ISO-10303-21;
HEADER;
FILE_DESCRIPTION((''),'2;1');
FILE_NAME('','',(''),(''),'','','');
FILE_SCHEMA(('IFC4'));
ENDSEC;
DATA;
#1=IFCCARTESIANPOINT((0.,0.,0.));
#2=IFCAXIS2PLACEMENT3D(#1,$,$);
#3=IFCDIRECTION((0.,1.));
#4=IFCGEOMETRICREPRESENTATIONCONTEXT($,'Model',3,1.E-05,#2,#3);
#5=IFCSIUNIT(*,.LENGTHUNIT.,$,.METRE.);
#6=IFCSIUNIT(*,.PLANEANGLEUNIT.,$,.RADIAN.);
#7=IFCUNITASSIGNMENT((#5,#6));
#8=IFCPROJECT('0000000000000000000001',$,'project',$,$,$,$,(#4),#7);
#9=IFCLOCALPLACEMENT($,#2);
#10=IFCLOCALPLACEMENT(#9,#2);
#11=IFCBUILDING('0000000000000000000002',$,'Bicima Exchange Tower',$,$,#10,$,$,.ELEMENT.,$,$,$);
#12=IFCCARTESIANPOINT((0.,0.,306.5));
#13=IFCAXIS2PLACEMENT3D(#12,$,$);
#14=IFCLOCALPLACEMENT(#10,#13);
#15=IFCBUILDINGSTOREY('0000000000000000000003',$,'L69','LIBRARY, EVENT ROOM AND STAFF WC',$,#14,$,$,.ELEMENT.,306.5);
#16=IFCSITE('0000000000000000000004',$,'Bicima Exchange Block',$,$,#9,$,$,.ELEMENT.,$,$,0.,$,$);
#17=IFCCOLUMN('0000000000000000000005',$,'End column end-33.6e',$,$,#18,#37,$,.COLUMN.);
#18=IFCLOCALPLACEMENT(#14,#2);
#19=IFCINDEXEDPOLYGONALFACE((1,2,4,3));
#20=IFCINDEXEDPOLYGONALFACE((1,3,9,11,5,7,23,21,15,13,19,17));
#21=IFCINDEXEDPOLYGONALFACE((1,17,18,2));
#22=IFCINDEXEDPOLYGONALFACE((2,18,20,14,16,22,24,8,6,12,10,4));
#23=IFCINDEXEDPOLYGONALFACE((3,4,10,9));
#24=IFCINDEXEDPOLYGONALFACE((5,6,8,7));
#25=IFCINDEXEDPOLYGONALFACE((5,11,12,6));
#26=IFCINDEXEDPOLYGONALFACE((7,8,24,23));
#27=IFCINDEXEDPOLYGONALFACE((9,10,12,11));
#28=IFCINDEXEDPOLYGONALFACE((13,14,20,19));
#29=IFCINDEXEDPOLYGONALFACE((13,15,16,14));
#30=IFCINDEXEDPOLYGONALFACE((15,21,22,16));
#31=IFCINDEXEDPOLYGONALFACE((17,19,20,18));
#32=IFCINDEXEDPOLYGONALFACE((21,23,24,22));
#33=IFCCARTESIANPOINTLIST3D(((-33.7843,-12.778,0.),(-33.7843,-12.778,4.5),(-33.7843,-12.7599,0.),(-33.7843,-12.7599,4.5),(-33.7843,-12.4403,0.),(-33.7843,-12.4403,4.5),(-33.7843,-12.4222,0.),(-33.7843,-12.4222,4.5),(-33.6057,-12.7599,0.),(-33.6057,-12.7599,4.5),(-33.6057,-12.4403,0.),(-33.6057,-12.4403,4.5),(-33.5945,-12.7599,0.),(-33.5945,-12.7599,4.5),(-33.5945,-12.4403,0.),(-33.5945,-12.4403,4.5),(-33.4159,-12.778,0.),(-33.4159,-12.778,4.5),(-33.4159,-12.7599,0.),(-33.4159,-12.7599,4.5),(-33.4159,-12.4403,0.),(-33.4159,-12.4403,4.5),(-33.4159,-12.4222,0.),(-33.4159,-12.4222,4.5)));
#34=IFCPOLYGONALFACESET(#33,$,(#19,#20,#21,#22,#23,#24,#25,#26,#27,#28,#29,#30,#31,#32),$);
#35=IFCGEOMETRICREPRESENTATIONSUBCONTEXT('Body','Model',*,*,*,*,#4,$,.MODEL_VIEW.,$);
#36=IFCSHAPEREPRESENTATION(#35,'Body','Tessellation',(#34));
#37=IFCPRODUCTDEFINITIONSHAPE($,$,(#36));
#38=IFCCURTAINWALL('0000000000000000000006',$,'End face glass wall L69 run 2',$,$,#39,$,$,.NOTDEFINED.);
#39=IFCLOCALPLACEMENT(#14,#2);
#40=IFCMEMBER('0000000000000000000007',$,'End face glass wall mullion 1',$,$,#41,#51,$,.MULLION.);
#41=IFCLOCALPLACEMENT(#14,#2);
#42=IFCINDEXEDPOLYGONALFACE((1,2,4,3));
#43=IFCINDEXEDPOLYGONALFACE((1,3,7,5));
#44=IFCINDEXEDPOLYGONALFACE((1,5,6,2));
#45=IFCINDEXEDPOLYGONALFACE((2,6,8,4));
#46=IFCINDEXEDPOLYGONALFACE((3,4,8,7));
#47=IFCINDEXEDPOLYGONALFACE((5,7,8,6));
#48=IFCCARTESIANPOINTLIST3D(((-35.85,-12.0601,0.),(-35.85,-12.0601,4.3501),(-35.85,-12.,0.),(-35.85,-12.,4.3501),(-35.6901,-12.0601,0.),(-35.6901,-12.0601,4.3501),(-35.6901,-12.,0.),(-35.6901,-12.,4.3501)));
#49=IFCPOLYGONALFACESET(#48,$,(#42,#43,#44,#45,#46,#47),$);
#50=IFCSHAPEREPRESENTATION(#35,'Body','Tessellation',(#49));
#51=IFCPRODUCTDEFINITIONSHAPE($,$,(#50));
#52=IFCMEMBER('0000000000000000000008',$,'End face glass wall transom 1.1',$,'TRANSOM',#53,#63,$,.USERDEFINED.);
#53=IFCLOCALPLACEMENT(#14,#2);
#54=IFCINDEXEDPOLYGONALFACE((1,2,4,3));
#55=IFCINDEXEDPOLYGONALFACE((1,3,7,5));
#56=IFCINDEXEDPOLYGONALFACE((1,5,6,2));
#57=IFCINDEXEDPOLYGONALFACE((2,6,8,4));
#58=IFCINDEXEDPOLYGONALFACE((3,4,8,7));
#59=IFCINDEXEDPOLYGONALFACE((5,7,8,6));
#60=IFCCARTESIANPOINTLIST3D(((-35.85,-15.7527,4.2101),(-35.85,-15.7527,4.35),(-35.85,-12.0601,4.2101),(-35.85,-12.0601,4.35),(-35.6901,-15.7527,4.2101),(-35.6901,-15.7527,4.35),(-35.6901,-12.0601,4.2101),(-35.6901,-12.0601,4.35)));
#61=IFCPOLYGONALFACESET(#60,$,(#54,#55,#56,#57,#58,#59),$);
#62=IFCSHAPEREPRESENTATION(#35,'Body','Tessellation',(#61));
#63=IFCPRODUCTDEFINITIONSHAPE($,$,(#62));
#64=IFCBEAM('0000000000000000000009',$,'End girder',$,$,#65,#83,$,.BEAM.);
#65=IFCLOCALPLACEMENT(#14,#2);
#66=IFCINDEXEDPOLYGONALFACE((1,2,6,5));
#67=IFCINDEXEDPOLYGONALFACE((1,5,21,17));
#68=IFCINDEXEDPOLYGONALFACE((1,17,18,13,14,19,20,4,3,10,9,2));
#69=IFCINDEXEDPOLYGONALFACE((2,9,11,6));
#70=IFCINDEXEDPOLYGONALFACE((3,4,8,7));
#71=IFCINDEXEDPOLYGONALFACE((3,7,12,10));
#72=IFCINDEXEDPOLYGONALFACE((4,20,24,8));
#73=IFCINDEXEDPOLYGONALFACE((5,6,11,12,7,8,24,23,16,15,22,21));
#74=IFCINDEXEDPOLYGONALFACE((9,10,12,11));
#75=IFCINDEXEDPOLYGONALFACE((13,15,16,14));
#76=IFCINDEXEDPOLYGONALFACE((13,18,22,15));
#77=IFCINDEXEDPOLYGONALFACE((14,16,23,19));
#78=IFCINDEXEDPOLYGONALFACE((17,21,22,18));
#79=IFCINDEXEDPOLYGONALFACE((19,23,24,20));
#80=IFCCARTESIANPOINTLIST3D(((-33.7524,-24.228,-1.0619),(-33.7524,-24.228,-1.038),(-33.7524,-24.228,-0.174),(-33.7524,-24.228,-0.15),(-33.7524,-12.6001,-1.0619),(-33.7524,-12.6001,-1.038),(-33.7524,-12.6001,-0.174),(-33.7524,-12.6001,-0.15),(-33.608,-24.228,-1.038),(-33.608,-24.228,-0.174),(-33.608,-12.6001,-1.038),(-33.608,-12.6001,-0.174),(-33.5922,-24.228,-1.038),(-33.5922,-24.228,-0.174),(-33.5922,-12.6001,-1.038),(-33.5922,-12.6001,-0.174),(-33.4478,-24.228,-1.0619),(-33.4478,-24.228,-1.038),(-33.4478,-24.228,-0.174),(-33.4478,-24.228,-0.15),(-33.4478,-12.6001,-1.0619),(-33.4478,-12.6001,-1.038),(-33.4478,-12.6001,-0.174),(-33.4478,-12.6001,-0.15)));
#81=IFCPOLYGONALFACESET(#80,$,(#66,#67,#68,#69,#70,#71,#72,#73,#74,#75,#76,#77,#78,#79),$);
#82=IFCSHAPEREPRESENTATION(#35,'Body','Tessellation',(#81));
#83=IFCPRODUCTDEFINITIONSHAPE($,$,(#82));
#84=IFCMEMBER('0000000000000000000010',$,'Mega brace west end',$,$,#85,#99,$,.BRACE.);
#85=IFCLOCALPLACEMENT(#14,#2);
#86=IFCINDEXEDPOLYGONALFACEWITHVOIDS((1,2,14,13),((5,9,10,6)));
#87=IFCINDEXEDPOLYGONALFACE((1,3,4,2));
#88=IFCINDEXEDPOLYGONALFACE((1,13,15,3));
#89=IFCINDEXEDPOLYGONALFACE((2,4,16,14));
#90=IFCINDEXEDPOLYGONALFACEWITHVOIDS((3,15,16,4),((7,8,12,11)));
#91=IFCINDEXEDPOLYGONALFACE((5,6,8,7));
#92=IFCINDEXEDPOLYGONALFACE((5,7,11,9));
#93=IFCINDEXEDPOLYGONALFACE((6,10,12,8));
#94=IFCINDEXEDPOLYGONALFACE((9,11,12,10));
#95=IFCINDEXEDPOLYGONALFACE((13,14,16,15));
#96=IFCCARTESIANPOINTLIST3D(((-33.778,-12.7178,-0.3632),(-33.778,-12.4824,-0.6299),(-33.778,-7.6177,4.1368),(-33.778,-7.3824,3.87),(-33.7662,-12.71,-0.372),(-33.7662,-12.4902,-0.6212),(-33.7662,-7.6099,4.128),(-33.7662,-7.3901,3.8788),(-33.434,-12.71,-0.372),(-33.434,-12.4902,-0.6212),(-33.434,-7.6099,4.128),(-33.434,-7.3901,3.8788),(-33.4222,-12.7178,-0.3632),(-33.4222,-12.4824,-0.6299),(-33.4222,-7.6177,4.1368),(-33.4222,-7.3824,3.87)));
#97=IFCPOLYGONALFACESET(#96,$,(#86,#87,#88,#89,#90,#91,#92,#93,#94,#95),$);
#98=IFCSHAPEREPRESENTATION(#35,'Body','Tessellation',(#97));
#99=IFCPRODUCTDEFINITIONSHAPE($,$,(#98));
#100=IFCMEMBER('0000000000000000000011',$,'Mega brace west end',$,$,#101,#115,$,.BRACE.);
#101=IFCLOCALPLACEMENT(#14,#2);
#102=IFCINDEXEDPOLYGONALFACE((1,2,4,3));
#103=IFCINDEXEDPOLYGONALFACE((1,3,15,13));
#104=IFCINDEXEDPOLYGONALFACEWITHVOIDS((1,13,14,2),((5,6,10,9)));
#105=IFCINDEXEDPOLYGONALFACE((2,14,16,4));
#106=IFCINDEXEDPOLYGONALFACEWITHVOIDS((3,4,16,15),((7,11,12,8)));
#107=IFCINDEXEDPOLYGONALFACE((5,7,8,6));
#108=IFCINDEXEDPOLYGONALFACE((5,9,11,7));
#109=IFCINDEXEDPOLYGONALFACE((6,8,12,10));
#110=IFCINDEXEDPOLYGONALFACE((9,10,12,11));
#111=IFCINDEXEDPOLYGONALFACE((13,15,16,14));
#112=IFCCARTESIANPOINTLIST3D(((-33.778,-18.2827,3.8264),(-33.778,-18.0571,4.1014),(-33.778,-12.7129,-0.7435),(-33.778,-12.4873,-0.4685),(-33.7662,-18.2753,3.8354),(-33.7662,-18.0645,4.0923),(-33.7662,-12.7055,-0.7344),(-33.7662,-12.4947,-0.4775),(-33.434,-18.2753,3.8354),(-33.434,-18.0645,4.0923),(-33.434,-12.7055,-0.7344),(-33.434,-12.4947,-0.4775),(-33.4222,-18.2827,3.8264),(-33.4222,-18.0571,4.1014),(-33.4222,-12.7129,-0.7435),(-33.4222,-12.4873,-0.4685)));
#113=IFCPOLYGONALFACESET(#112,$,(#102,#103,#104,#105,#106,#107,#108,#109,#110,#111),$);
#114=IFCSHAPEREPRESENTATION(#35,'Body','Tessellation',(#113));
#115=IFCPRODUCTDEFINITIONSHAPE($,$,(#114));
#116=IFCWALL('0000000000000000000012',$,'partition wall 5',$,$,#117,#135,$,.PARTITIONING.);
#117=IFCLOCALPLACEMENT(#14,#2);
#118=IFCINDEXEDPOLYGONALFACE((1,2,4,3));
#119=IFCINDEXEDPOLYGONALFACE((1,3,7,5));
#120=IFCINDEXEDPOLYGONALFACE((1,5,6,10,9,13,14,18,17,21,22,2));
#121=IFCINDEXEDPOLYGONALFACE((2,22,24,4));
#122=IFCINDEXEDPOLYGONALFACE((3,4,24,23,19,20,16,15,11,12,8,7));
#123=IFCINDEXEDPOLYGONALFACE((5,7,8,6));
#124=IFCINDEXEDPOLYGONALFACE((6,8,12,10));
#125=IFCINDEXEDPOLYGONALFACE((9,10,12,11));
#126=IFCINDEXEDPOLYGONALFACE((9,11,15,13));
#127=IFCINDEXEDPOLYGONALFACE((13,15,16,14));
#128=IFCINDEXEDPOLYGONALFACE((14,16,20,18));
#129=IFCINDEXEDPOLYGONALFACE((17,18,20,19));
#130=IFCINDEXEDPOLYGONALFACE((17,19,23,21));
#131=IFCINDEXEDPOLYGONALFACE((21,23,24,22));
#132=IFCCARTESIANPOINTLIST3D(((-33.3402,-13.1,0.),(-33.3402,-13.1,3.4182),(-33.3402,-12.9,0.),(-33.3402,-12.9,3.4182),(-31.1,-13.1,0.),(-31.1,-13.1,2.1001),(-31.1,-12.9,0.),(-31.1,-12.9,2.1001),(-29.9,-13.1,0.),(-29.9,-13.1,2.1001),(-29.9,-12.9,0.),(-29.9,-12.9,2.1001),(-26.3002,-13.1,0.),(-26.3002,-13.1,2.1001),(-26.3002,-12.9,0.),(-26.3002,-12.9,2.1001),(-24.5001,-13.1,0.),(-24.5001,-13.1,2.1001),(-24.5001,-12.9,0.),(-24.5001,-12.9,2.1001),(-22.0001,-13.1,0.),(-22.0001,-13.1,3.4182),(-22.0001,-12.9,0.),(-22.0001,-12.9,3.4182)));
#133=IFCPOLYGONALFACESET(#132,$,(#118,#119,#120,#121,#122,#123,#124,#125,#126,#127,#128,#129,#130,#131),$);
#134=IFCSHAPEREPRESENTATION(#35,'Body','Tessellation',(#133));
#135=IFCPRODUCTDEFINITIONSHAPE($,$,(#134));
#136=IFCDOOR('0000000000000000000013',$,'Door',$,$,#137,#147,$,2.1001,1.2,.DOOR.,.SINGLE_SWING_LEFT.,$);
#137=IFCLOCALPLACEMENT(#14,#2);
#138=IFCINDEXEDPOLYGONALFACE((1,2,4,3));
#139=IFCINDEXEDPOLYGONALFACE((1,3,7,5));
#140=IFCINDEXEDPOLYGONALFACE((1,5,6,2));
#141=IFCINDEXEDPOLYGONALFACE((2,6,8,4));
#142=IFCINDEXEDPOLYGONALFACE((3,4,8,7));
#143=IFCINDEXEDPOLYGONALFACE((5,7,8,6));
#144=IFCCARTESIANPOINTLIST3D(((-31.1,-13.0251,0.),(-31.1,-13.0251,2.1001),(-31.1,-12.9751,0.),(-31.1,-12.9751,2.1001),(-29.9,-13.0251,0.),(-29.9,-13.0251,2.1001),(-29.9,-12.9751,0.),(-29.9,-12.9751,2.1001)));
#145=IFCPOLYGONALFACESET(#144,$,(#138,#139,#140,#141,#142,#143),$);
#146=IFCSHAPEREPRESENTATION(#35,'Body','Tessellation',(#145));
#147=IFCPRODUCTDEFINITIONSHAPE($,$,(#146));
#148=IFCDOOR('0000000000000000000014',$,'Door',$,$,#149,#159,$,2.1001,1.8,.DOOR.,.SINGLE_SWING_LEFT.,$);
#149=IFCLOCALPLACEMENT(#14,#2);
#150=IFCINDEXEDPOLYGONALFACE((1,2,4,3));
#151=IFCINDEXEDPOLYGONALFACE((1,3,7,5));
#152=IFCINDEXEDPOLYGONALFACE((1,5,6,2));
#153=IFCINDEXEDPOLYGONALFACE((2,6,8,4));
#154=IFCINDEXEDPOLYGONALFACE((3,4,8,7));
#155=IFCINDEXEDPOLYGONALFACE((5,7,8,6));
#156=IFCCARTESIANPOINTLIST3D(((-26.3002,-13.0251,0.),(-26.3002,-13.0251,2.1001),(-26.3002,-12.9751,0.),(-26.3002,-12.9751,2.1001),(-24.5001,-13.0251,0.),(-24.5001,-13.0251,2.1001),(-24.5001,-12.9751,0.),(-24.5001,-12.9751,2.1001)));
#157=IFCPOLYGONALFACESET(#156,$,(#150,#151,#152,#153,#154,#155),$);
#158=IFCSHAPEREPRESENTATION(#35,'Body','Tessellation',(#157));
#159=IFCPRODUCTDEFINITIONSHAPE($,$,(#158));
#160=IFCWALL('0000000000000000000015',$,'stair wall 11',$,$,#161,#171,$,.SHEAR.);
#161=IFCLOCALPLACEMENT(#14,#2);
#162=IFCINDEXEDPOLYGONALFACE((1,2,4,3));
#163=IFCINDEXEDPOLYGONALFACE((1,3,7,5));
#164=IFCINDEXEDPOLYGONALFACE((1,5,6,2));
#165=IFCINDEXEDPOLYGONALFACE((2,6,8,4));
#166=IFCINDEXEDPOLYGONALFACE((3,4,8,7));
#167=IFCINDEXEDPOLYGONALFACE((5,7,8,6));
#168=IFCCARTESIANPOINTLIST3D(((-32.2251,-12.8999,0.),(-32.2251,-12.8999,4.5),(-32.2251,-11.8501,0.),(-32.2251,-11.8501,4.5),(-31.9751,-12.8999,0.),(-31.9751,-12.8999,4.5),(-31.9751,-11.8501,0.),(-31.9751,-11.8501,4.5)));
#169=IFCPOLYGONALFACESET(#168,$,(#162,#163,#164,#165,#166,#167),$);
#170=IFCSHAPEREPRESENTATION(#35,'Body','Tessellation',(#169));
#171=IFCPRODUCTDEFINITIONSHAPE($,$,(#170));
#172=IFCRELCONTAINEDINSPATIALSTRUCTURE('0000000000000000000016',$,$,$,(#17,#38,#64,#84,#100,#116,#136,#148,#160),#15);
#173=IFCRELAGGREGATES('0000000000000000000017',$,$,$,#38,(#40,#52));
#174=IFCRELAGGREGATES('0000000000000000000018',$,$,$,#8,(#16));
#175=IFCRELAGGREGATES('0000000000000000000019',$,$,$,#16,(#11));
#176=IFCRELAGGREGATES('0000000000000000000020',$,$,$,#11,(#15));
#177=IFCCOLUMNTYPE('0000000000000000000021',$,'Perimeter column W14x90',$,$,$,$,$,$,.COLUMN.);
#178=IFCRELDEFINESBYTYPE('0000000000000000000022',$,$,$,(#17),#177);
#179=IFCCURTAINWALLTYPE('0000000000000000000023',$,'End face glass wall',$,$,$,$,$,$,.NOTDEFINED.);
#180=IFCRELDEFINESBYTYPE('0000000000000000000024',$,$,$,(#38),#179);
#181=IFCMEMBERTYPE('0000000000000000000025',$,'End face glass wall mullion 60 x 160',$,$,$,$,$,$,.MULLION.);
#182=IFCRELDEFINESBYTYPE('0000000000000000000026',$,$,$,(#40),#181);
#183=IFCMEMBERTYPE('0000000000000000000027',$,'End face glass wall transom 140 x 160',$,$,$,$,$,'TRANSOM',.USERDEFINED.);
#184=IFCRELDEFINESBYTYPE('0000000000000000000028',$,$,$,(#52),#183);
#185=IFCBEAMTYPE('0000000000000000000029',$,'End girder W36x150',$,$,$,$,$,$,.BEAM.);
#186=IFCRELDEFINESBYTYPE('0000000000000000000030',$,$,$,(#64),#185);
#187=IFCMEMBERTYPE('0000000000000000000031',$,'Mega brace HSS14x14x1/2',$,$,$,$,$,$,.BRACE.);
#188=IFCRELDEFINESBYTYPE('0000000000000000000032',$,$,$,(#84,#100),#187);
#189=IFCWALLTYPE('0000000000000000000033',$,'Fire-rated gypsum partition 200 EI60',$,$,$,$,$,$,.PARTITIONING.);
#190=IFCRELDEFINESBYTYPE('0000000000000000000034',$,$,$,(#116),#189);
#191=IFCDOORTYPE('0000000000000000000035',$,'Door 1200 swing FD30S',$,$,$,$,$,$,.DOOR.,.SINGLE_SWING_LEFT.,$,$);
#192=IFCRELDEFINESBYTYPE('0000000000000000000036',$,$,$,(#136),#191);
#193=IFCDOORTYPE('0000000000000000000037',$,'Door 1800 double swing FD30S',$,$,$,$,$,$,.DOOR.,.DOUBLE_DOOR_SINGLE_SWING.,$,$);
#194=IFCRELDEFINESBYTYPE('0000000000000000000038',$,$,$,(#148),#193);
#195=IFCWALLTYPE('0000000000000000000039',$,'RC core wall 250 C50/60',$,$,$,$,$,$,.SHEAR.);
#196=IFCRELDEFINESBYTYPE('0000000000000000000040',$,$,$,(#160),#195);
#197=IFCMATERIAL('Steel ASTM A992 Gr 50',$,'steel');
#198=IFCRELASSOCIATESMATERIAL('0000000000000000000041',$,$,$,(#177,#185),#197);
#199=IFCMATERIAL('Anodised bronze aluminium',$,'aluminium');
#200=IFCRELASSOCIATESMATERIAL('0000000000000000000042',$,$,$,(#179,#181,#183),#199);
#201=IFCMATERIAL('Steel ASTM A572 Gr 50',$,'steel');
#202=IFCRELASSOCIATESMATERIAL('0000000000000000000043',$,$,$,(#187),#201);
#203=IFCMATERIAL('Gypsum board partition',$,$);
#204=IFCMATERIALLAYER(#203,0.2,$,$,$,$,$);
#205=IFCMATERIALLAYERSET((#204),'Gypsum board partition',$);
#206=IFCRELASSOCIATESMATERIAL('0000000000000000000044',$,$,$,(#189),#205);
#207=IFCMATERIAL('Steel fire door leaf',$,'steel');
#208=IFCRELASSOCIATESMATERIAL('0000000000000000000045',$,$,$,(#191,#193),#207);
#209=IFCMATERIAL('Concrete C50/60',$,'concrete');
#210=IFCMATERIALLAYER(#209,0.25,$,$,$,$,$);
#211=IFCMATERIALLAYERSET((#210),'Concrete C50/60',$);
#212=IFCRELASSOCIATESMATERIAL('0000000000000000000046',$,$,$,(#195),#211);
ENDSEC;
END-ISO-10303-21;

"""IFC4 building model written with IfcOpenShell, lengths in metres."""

from ifc_helpers import new_model, si_unit, direction, frame, frame_2d, origin, origin_2d, place, context, subcontext, project, spatial, rectangle, hollow_rectangle, i_section, extrude, material, layer, layer_set, material_profile, profile_set, type_object, element, fill, aggregate, save


model = new_model("IFC4")

# Units and contexts
model_context = context("Model", 3, precision=1e-05, world=origin(), true_north=direction((0.0, 1.0)))
body_context = subcontext(model_context, "Body", "Model", "MODEL_VIEW")
ifc_project = project(units=[si_unit("LENGTHUNIT", "METRE"), si_unit("PLANEANGLEUNIT", "RADIAN")], contexts=[model_context])

# Site, building, storey
site_placement = place(None, origin())
site = spatial("IfcSite", under=ifc_project, at=site_placement, Name="Bicima Exchange Block", CompositionType="ELEMENT", RefElevation=0.0)
building_placement = place(site_placement, origin())
building = spatial("IfcBuilding", under=site, at=building_placement, Name="Bicima Exchange Tower", CompositionType="ELEMENT")
storey_placement = place(building_placement, frame((0.0, 0.0, 306.5)))
storey = spatial("IfcBuildingStorey", under=building, at=storey_placement, Name="L69", Description="LIBRARY, EVENT ROOM AND STAFF WC", CompositionType="ELEMENT", Elevation=306.5)

# Column
ifc_material_1 = material(Name="Steel ASTM A992 Gr 50", Category="steel")
ifc_material_profile_1 = material_profile(ifc_material_1, i_section(OverallWidth=0.3684, OverallDepth=0.3557, WebThickness=0.0112, FlangeThickness=0.0181, at=origin_2d()))
ifc_profile_set_1 = profile_set([ifc_material_profile_1], Name="Steel ASTM A992 Gr 50")
column_type = type_object("IfcColumnType", Name="Perimeter column W14x90", PredefinedType="COLUMN", material=ifc_profile_set_1)
column_placement = place(storey_placement, frame((-33.6001, -12.6001, 0.0), z_axis=(0.0, 0.0, 1.0), x_axis=(1.0, 0.0, 0.0)))
element("IfcColumn", 1, at=column_placement, inside=storey, type_object=column_type, Name="End column end-33.6e", PredefinedType="COLUMN", context=body_context, shape_type="SweptSolid", body=[
    extrude(i_section(OverallWidth=0.3684, OverallDepth=0.3557, WebThickness=0.0112, FlangeThickness=0.0181, at=origin_2d()), origin(), (0.0, 0.0, 1.0), 4.5),
])

# Curtain wall, members
ifc_material_2 = material(Name="Anodised bronze aluminium", Category="aluminium")
curtain_wall_type = type_object("IfcCurtainWallType", Name="End face glass wall", PredefinedType="NOTDEFINED", material=ifc_material_2)
curtain_wall_placement = place(storey_placement, origin())
curtain_wall = element("IfcCurtainWall", 2, at=curtain_wall_placement, inside=storey, type_object=curtain_wall_type, Name="End face glass wall L69 run 2", PredefinedType="NOTDEFINED")
ifc_material_profile_2 = material_profile(ifc_material_2, rectangle(XDim=0.1599, YDim=0.0601, at=origin_2d()))
ifc_profile_set_2 = profile_set([ifc_material_profile_2], Name="Anodised bronze aluminium")
member_type_1 = type_object("IfcMemberType", Name="End face glass wall mullion 60 x 160", PredefinedType="MULLION", material=ifc_profile_set_2)
member_1_placement = place(storey_placement, frame((-35.77, -12.03, 0.0), z_axis=(0.0, 0.0, 1.0), x_axis=(1.0, 0.0, 0.0)))
member_1 = element("IfcMember", 3, at=member_1_placement, type_object=member_type_1, Name="End face glass wall mullion 1", PredefinedType="MULLION", context=body_context, shape_type="SweptSolid", body=[
    extrude(rectangle(XDim=0.1599, YDim=0.0601, at=origin_2d()), origin(), (0.0, 0.0, 1.0), 4.3501),
])
ifc_material_profile_3 = material_profile(ifc_material_2, rectangle(XDim=0.1599, YDim=0.1399, at=origin_2d()))
ifc_profile_set_3 = profile_set([ifc_material_profile_3], Name="Anodised bronze aluminium")
member_type_2 = type_object("IfcMemberType", Name="End face glass wall transom 140 x 160", ElementType="TRANSOM", PredefinedType="USERDEFINED", material=ifc_profile_set_3)
member_2_placement = place(storey_placement, frame((-35.77, -12.0601, 4.28), z_axis=(0.0, -1.0, 0.0), x_axis=(1.0, 0.0, 0.0)))
member_2 = element("IfcMember", 4, at=member_2_placement, type_object=member_type_2, Name="End face glass wall transom 1.1", ObjectType="TRANSOM", PredefinedType="USERDEFINED", context=body_context, shape_type="SweptSolid", body=[
    extrude(rectangle(XDim=0.1599, YDim=0.1399, at=origin_2d()), origin(), (0.0, 0.0, 1.0), 3.6926),
])
aggregate(curtain_wall, [member_1, member_2])

# Beam
ifc_material_profile_4 = material_profile(ifc_material_1, i_section(OverallWidth=0.3047, OverallDepth=0.9119, WebThickness=0.0159, FlangeThickness=0.0239, at=origin_2d()))
ifc_profile_set_4 = profile_set([ifc_material_profile_4], Name="Steel ASTM A992 Gr 50")
beam_type = type_object("IfcBeamType", Name="End girder W36x150", PredefinedType="BEAM", material=ifc_profile_set_4)
beam_placement = place(storey_placement, frame((-33.6001, -12.6001, -0.606), z_axis=(0.0, -1.0, 0.0), x_axis=(1.0, 0.0, 0.0)))
element("IfcBeam", 5, at=beam_placement, inside=storey, type_object=beam_type, Name="End girder", PredefinedType="BEAM", context=body_context, shape_type="SweptSolid", body=[
    extrude(i_section(OverallWidth=0.3047, OverallDepth=0.9119, WebThickness=0.0159, FlangeThickness=0.0239, at=origin_2d()), origin(), (0.0, 0.0, 1.0), 11.6279),
])

# Members
ifc_material_3 = material(Name="Steel ASTM A572 Gr 50", Category="steel")
ifc_material_profile_5 = material_profile(ifc_material_3, hollow_rectangle(XDim=0.3557, YDim=0.3557, WallThickness=0.0117, at=origin_2d()))
ifc_profile_set_5 = profile_set([ifc_material_profile_5], Name="Steel ASTM A572 Gr 50")
member_type_3 = type_object("IfcMemberType", Name="Mega brace HSS14x14x1/2", PredefinedType="BRACE", material=ifc_profile_set_5)
member_3_placement = place(storey_placement, frame((-33.6001, -12.6001, -0.4966), z_axis=(0.0, 0.749844, 0.661615), x_axis=(-1.0, 0.0, 0.0)))
element("IfcMember", 6, at=member_3_placement, inside=storey, type_object=member_type_3, Name="Mega brace west end", PredefinedType="BRACE", context=body_context, shape_type="SweptSolid", body=[
    extrude(hollow_rectangle(XDim=0.3557, YDim=0.3557, WallThickness=0.0117, at=origin_2d()), origin(), (0.0, 0.0, 1.0), 6.8015),
])
member_4_placement = place(storey_placement, frame((-33.6001, -12.6001, -0.606), z_axis=(0.0, -0.773093, 0.634293), x_axis=(1.0, 0.0, 0.0)))
element("IfcMember", 7, at=member_4_placement, inside=storey, type_object=member_type_3, Name="Mega brace west end", PredefinedType="BRACE", context=body_context, shape_type="SweptSolid", body=[
    extrude(hollow_rectangle(XDim=0.3557, YDim=0.3557, WallThickness=0.0117, at=origin_2d()), origin(), (0.0, 0.0, 1.0), 7.2046),
])

# Wall, openings, doors
ifc_material_4 = material(Name="Gypsum board partition")
ifc_layer_1 = layer(ifc_material_4, 0.2)
ifc_layer_set_1 = layer_set([ifc_layer_1], Name="Gypsum board partition")
wall_type_1 = type_object("IfcWallType", Name="Fire-rated gypsum partition 200 EI60", PredefinedType="PARTITIONING", material=ifc_layer_set_1)
wall_1_placement = place(storey_placement, frame((-33.3401, -13.0, 0.0), z_axis=(0.0, 0.0, 1.0), x_axis=(1.0, 0.0, 0.0)))
wall_1 = element("IfcWall", 8, at=wall_1_placement, inside=storey, type_object=wall_type_1, Name="partition wall 5", PredefinedType="PARTITIONING", context=body_context, shape_type="SweptSolid", body=[
    extrude(rectangle(XDim=11.3401, YDim=0.2, at=frame_2d((5.6699, 0.0))), origin(), (0.0, 0.0, 1.0), 3.4182),
])
opening_1_placement = place(wall_1_placement, frame((2.24, 0.0, 0.0)))
opening_1 = element("IfcOpeningElement", 9, at=opening_1_placement, cuts=wall_1, PredefinedType="OPENING", context=body_context, shape_type="SweptSolid", body=[
    extrude(rectangle(XDim=1.2, YDim=2.1001, at=frame_2d((0.6001, 1.05))), frame((0.0, 0.1118, 0.0), z_axis=(0.0, -1.0, 0.0), x_axis=(1.0, 0.0, 0.0)), (0.0, 0.0, 1.0), 0.2239),
])
opening_2_placement = place(wall_1_placement, frame((7.04, 0.0, 0.0)))
opening_2 = element("IfcOpeningElement", 10, at=opening_2_placement, cuts=wall_1, PredefinedType="OPENING", context=body_context, shape_type="SweptSolid", body=[
    extrude(rectangle(XDim=1.8, YDim=2.1001, at=frame_2d((0.8999, 1.05))), frame((0.0, 0.1118, 0.0), z_axis=(0.0, -1.0, 0.0), x_axis=(1.0, 0.0, 0.0)), (0.0, 0.0, 1.0), 0.2239),
])
ifc_material_5 = material(Name="Steel fire door leaf", Category="steel")
door_type_1 = type_object("IfcDoorType", Name="Door 1200 swing FD30S", OperationType="SINGLE_SWING_LEFT", PredefinedType="DOOR", material=ifc_material_5)
door_1_placement = place(opening_1_placement, origin())
door_1 = element("IfcDoor", 11, at=door_1_placement, inside=storey, type_object=door_type_1, Name="Door", OperationType="SINGLE_SWING_LEFT", OverallHeight=2.1001, OverallWidth=1.2, PredefinedType="DOOR", context=body_context, shape_type="SweptSolid", body=[
    extrude(rectangle(XDim=1.2, YDim=2.1001, at=frame_2d((0.6001, 1.05))), frame((0.0, 0.0249, 0.0), z_axis=(0.0, -1.0, 0.0), x_axis=(1.0, 0.0, 0.0)), (0.0, 0.0, 1.0), 0.05),
])
fill(opening_1, door_1)
door_type_2 = type_object("IfcDoorType", Name="Door 1800 double swing FD30S", OperationType="DOUBLE_DOOR_SINGLE_SWING", PredefinedType="DOOR", material=ifc_material_5)
door_2_placement = place(opening_2_placement, origin())
door_2 = element("IfcDoor", 12, at=door_2_placement, inside=storey, type_object=door_type_2, Name="Door", OperationType="SINGLE_SWING_LEFT", OverallHeight=2.1001, OverallWidth=1.8, PredefinedType="DOOR", context=body_context, shape_type="SweptSolid", body=[
    extrude(rectangle(XDim=1.8, YDim=2.1001, at=frame_2d((0.8999, 1.05))), frame((0.0, 0.0249, 0.0), z_axis=(0.0, -1.0, 0.0), x_axis=(1.0, 0.0, 0.0)), (0.0, 0.0, 1.0), 0.05),
])
fill(opening_2, door_2)

# Wall
ifc_material_6 = material(Name="Concrete C50/60", Category="concrete")
ifc_layer_2 = layer(ifc_material_6, 0.25)
ifc_layer_set_2 = layer_set([ifc_layer_2], Name="Concrete C50/60")
wall_type_2 = type_object("IfcWallType", Name="RC core wall 250 C50/60", PredefinedType="SHEAR", material=ifc_layer_set_2)
wall_2_placement = place(storey_placement, frame((-32.1001, -12.8999, 0.0), z_axis=(0.0, 0.0, 1.0), x_axis=(0.0, 1.0, 0.0)))
element("IfcWall", 13, at=wall_2_placement, inside=storey, type_object=wall_type_2, Name="stair wall 11", PredefinedType="SHEAR", context=body_context, shape_type="SweptSolid", body=[
    extrude(rectangle(XDim=1.0498, YDim=0.25, at=frame_2d((0.5249, 0.0))), origin(), (0.0, 0.0, 1.0), 4.5),
])

save(model, "model.ifc")
